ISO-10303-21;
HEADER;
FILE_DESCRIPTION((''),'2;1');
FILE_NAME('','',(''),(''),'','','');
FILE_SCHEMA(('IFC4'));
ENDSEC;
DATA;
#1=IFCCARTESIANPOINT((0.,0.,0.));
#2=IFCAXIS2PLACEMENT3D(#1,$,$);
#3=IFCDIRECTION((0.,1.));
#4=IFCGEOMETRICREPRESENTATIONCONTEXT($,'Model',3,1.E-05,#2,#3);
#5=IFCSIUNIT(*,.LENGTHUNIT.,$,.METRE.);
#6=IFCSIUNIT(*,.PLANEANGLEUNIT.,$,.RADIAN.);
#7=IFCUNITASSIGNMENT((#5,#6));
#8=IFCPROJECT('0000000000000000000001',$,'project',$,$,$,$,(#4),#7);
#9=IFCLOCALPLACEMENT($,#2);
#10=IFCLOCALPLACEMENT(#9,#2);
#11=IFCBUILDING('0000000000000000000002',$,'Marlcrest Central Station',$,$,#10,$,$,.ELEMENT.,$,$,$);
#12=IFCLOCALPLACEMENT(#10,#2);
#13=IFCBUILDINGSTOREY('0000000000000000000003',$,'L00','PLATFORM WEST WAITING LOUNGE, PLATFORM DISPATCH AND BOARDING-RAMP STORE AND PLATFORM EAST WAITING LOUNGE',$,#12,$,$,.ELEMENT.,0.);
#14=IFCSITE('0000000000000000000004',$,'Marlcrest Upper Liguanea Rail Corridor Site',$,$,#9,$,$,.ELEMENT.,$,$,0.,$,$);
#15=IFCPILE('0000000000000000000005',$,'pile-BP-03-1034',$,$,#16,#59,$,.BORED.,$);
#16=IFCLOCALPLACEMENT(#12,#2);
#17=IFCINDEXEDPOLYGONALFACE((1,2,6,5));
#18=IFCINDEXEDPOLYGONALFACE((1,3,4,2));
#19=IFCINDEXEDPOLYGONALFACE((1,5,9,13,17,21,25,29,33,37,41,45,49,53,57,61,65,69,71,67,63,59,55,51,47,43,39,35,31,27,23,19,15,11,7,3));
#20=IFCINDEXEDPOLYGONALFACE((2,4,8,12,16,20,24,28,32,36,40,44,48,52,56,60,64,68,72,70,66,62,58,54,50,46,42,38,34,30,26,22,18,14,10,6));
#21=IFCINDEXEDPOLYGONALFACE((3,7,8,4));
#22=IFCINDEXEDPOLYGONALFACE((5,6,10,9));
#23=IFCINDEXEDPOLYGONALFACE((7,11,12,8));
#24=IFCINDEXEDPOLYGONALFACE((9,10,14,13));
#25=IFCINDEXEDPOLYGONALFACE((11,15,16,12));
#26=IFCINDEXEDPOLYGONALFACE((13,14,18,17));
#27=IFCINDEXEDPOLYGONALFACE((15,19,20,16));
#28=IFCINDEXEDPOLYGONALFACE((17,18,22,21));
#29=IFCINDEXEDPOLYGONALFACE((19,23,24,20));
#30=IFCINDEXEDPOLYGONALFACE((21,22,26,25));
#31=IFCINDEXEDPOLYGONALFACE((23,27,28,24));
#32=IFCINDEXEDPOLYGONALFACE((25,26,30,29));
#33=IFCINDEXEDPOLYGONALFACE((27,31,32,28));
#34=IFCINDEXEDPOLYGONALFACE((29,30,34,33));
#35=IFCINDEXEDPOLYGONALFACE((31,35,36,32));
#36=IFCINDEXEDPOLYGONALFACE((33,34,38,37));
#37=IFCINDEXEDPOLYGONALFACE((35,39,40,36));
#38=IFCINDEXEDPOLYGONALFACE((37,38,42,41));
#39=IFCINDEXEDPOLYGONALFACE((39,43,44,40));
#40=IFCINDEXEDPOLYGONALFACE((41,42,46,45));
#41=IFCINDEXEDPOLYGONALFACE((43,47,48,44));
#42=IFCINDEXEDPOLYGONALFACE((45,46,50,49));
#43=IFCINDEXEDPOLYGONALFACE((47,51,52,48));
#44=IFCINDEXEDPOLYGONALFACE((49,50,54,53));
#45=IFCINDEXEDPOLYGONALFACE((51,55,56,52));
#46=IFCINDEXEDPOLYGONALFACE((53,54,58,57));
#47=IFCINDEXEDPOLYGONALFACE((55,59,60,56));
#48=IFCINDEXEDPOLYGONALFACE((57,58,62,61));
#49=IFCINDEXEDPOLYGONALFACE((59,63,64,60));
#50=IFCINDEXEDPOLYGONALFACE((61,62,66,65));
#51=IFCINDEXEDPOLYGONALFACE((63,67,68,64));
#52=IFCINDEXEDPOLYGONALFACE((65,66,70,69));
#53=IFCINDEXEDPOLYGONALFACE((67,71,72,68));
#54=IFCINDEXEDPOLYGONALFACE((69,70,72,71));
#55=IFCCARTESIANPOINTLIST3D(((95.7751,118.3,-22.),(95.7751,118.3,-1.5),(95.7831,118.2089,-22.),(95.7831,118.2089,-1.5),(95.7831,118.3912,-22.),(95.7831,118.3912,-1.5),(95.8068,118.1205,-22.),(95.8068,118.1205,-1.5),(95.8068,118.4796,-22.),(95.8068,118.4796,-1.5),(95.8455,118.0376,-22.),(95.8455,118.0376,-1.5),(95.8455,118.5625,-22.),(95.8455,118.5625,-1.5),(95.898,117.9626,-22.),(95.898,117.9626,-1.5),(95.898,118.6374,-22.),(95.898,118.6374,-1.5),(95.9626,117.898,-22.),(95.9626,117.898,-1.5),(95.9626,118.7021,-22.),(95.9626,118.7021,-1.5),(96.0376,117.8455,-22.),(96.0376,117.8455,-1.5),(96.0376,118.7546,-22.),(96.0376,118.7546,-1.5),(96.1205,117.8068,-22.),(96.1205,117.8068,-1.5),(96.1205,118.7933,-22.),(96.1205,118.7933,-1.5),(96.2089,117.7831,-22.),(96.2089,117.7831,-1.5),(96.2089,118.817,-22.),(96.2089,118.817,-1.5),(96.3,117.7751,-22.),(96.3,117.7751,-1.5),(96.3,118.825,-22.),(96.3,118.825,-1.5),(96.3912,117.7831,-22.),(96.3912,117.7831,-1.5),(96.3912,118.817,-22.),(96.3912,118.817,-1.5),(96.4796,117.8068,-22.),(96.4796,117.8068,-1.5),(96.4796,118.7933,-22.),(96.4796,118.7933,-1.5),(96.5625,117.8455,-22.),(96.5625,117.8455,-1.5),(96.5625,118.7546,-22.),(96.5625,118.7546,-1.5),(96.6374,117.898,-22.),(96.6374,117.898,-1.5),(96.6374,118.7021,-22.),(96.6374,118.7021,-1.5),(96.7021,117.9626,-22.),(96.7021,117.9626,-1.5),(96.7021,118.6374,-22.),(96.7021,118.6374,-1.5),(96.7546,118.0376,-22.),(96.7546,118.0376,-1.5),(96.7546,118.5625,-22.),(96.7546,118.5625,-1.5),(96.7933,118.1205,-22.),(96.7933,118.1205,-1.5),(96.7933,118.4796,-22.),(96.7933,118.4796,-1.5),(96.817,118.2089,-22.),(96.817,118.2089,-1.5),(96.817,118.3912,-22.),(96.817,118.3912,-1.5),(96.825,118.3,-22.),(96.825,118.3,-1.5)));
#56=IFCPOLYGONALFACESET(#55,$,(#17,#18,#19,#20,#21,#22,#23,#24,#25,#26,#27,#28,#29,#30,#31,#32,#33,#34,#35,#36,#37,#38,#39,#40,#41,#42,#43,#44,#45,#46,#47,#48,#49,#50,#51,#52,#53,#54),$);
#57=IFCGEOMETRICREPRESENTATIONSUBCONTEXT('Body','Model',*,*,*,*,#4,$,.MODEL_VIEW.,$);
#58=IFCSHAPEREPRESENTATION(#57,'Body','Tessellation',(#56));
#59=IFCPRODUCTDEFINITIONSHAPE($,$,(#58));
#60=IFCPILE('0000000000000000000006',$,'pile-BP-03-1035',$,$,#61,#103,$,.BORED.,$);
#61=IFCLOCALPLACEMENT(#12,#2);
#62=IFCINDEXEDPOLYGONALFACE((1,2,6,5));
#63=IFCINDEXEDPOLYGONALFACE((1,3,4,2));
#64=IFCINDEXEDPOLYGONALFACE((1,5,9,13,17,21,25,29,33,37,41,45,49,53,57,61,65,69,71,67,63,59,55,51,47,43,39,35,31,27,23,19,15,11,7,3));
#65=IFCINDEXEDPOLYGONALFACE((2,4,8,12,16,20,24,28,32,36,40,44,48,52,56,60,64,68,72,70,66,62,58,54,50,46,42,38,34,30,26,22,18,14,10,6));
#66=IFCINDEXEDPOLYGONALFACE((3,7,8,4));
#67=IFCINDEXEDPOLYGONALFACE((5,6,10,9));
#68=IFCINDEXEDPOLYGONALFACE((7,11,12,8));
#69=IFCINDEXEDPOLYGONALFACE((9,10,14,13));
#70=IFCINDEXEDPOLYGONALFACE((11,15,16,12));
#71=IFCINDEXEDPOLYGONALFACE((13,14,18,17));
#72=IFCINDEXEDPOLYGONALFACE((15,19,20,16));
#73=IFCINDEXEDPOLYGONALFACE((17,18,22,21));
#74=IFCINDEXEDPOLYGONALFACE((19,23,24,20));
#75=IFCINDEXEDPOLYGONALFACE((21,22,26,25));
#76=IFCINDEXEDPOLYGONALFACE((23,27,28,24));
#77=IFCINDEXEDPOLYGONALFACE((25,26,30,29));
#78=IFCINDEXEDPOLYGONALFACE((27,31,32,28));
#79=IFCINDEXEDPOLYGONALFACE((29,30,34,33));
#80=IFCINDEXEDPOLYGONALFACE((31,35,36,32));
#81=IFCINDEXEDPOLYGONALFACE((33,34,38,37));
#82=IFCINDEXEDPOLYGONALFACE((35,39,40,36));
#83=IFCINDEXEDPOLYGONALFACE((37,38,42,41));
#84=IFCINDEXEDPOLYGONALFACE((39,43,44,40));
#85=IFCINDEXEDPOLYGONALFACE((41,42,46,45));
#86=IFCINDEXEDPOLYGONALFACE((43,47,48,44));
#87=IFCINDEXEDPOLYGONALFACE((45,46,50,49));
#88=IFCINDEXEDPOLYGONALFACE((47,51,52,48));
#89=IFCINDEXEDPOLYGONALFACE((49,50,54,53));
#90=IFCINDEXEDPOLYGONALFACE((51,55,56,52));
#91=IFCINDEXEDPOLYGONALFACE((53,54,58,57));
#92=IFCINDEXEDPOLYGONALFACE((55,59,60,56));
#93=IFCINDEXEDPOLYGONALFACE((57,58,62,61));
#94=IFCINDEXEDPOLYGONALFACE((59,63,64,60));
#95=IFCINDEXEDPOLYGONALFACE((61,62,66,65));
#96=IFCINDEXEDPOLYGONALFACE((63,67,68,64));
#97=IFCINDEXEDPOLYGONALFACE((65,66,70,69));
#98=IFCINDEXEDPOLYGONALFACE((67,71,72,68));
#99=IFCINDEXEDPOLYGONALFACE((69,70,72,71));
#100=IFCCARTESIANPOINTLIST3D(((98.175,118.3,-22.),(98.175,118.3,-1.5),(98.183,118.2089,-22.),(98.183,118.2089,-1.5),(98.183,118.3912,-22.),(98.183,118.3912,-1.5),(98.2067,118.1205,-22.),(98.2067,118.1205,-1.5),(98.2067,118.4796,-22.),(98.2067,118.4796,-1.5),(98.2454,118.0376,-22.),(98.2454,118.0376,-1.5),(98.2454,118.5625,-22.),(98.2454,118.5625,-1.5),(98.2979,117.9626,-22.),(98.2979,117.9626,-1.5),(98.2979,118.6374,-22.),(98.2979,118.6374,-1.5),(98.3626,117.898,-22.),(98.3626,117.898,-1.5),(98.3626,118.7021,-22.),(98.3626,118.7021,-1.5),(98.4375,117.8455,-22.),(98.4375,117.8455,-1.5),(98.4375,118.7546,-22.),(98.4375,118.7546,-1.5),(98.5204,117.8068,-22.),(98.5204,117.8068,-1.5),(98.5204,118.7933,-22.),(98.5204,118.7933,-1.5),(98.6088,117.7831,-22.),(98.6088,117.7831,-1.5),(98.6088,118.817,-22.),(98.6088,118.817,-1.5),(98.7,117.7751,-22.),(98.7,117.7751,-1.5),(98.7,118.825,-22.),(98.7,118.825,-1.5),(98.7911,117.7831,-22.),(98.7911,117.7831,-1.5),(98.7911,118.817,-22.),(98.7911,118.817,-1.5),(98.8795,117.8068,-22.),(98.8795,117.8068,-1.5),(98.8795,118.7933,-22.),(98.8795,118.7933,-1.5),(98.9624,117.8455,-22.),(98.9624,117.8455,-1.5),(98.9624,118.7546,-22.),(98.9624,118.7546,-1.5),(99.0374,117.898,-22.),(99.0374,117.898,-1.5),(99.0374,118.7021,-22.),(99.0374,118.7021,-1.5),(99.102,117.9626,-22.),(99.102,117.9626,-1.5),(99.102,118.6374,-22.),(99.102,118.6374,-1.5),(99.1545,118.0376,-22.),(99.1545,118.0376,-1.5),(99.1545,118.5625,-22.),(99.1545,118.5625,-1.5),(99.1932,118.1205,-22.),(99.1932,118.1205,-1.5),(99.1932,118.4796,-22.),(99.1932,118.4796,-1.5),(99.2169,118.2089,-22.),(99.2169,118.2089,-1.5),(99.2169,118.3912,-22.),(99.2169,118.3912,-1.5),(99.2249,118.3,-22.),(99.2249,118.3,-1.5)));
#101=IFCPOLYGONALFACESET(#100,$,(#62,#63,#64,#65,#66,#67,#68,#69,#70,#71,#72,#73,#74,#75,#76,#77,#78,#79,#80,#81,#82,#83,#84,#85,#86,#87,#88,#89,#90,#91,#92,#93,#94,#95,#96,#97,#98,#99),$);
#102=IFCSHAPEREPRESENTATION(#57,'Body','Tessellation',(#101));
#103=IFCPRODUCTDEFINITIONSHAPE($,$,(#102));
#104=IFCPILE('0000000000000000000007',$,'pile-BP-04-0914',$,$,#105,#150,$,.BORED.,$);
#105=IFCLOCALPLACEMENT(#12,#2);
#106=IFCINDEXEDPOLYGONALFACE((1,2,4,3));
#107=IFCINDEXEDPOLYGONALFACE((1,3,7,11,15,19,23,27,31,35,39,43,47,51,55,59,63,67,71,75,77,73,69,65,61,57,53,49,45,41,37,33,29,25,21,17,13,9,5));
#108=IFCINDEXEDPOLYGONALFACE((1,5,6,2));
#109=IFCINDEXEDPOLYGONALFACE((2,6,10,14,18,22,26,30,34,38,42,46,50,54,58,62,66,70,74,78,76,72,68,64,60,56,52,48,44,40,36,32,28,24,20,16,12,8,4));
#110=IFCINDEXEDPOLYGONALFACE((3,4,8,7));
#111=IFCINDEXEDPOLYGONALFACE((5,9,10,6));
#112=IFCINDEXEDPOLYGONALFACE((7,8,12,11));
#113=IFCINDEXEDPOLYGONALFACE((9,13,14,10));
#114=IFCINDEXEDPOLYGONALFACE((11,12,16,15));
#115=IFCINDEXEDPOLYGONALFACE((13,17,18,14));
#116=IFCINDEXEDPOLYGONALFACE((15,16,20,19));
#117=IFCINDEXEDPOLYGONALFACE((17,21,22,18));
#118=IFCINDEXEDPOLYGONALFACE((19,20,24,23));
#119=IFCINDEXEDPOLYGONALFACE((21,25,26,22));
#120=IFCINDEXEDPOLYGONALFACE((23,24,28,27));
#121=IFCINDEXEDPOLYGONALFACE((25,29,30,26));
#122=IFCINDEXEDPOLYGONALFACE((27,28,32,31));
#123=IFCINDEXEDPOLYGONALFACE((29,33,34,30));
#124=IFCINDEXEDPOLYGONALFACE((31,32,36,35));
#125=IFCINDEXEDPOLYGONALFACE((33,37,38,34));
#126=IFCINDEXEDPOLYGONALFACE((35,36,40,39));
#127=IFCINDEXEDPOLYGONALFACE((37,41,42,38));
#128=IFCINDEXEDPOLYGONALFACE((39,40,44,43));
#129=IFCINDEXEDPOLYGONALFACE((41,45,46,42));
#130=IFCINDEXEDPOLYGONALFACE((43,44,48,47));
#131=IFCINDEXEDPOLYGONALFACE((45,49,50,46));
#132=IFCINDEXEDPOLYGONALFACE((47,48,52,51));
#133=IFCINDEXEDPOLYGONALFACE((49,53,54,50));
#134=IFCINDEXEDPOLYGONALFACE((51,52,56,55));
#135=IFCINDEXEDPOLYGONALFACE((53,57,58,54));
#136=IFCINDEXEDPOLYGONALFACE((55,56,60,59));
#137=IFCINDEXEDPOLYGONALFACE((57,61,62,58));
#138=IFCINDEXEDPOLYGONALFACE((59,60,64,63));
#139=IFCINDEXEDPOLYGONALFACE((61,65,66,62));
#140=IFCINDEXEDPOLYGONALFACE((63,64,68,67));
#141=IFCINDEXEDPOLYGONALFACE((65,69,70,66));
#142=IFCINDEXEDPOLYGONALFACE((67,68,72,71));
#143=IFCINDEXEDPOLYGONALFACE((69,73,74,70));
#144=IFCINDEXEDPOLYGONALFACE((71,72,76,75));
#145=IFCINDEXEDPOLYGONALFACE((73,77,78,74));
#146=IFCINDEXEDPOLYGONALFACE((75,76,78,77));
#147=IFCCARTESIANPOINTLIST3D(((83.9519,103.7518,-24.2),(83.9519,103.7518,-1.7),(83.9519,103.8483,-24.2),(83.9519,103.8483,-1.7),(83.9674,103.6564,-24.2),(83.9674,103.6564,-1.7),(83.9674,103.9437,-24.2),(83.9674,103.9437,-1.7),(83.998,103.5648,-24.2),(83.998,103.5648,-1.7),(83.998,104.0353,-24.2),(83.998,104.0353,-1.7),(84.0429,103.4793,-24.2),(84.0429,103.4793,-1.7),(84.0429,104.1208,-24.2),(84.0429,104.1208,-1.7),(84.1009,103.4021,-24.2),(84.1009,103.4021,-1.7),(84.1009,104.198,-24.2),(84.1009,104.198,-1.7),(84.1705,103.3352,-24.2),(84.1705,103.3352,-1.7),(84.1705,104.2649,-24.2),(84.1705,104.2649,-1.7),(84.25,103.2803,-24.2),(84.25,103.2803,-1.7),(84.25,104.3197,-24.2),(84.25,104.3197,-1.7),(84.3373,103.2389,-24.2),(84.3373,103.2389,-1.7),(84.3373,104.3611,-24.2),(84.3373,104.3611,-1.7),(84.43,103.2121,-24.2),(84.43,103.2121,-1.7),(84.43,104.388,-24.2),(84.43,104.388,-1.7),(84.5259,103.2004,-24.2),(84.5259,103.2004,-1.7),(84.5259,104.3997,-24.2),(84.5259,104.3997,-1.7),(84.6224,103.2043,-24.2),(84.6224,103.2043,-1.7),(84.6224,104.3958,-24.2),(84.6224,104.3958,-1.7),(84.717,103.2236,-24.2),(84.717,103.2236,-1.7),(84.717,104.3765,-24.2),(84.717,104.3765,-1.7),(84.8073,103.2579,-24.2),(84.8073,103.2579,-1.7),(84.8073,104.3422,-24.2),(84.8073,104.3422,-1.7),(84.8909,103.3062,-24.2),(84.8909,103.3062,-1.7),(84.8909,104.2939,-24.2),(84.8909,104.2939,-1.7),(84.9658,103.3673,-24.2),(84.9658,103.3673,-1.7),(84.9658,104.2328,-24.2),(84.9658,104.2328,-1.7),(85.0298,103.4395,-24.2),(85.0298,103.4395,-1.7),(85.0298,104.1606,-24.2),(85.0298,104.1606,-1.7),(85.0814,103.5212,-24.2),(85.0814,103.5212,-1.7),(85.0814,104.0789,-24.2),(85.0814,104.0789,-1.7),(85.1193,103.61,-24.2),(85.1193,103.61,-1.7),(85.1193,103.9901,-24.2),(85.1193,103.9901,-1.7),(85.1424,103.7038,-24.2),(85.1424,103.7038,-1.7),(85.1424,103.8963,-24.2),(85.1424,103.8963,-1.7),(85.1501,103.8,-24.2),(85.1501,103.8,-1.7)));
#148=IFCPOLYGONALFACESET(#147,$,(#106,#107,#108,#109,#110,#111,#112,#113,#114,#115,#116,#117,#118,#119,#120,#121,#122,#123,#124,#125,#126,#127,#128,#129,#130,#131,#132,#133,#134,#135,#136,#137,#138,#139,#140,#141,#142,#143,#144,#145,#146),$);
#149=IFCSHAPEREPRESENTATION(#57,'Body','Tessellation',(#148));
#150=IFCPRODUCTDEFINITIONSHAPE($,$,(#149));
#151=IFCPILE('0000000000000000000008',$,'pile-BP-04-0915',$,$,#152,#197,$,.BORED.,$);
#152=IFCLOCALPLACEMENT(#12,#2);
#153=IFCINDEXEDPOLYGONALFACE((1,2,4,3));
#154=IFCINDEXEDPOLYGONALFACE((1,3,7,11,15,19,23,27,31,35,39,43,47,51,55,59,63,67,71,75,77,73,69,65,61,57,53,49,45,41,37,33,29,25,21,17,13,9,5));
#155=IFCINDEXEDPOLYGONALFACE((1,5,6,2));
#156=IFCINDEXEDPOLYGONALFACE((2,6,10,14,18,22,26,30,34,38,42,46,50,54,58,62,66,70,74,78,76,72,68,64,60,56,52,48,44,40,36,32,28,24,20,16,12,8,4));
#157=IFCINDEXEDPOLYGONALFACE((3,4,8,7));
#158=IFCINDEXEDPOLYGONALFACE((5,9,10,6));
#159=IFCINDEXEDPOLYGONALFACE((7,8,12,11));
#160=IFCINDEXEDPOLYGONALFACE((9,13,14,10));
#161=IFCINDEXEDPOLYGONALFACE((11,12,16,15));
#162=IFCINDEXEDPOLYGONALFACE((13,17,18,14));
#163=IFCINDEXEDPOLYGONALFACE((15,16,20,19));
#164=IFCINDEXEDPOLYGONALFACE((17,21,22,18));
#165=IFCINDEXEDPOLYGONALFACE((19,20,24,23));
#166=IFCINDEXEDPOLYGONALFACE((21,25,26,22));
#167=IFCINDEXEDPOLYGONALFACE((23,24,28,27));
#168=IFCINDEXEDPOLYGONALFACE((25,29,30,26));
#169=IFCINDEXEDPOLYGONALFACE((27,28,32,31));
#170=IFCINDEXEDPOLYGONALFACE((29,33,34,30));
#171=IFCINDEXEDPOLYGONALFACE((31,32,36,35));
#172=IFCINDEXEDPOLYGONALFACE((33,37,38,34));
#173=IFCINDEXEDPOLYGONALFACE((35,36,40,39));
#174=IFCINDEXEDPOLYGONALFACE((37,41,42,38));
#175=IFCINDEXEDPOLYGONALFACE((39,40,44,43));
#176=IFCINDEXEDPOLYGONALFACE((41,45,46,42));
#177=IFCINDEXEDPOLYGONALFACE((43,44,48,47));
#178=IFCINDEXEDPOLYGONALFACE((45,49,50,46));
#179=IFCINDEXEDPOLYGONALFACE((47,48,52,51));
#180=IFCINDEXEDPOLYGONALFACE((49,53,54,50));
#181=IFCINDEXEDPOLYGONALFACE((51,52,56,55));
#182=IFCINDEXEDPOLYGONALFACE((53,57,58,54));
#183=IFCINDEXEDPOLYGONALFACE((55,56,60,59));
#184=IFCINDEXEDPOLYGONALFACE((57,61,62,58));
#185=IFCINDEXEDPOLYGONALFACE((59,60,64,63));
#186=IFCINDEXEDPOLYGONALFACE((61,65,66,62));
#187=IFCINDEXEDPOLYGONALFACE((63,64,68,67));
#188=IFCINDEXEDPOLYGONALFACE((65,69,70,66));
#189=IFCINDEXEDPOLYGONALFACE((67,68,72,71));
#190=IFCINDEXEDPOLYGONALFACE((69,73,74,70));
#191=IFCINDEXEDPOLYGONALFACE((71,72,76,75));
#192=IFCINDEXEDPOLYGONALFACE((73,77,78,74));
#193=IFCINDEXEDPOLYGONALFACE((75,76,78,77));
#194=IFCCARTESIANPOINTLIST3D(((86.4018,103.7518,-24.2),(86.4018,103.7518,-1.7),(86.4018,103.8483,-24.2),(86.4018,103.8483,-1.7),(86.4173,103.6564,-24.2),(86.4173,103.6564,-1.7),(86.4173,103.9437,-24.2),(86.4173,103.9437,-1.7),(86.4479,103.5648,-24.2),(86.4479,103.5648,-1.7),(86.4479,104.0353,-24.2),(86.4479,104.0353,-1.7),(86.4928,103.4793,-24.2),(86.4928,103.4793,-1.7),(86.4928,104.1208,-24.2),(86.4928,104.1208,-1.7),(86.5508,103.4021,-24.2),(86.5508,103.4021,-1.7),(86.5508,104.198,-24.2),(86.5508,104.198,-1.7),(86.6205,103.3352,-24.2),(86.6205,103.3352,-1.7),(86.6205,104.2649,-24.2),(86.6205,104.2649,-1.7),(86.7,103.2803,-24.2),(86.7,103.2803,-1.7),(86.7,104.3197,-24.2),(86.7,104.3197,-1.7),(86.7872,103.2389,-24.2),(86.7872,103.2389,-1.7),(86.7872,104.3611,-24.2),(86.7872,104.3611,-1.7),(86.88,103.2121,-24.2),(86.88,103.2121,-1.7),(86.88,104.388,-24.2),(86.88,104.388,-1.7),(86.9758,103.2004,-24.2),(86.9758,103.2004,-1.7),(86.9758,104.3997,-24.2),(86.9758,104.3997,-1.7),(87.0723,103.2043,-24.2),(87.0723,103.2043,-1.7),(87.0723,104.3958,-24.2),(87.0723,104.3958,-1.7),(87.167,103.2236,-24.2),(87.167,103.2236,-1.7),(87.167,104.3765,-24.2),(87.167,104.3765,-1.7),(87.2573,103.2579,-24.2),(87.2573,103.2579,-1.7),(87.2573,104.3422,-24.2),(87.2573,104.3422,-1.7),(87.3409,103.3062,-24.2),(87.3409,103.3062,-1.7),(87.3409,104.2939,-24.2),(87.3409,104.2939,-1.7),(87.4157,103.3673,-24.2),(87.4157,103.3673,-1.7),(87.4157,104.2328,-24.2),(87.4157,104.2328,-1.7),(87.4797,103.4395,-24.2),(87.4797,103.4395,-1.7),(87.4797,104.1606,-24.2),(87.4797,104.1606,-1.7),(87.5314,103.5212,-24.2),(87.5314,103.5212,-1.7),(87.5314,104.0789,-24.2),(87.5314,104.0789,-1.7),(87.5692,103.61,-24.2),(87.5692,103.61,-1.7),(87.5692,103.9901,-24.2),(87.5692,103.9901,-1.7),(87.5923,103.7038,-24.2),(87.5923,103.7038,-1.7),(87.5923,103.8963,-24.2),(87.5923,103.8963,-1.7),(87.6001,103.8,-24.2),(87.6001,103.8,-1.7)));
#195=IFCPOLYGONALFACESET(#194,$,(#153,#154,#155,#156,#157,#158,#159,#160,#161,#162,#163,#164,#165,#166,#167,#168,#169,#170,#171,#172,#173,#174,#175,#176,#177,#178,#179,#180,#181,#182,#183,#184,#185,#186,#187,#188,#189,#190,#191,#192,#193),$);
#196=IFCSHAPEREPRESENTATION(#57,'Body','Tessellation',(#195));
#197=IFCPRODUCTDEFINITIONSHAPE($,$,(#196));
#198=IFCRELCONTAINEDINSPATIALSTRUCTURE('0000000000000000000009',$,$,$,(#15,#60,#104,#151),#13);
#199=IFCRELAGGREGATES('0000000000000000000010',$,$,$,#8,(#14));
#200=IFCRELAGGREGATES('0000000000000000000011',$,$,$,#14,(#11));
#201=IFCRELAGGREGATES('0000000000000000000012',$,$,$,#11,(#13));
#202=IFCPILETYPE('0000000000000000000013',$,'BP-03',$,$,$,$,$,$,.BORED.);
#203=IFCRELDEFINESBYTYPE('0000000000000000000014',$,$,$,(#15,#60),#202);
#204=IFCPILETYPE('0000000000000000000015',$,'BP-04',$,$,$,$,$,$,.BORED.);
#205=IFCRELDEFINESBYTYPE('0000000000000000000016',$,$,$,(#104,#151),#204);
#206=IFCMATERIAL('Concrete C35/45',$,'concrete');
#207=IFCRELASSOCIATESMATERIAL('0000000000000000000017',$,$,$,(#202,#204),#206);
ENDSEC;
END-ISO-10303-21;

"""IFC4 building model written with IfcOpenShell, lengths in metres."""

from ifc_helpers import new_model, si_unit, direction, frame, origin, origin_2d, place, context, subcontext, project, spatial, circle, extrude, material, material_profile, profile_set, type_object, element, save


model = new_model("IFC4")

# Units and contexts
model_context = context("Model", 3, precision=1e-05, world=origin(), true_north=direction((0.0, 1.0)))
body_context = subcontext(model_context, "Body", "Model", "MODEL_VIEW")
ifc_project = project(units=[si_unit("LENGTHUNIT", "METRE"), si_unit("PLANEANGLEUNIT", "RADIAN")], contexts=[model_context])

# Site, building, storey
site_placement = place(None, origin())
site = spatial("IfcSite", under=ifc_project, at=site_placement, Name="Marlcrest Upper Liguanea Rail Corridor Site", CompositionType="ELEMENT", RefElevation=0.0)
building_placement = place(site_placement, origin())
building = spatial("IfcBuilding", under=site, at=building_placement, Name="Marlcrest Central Station", CompositionType="ELEMENT")
storey_placement = place(building_placement, origin())
storey = spatial("IfcBuildingStorey", under=building, at=storey_placement, Name="L00", Description="PLATFORM WEST WAITING LOUNGE, PLATFORM DISPATCH AND BOARDING-RAMP STORE AND PLATFORM EAST WAITING LOUNGE", CompositionType="ELEMENT", Elevation=0.0)

# Piles
ifc_material_1 = material(Name="Concrete C35/45", Category="concrete")
ifc_material_profile_1 = material_profile(ifc_material_1, circle(Radius=0.5249, at=origin_2d()), Name="PILE D1050")
ifc_profile_set_1 = profile_set([ifc_material_profile_1], Name="Concrete C35/45")
pile_type_1 = type_object("IfcPileType", Name="BP-03", PredefinedType="BORED", material=ifc_profile_set_1)
for number, where, z_axis, x_axis, name in (
    (1, (96.3, 118.3, -1.5), (0.0, 0.0, -1.0), (1.0, 0.0, 0.0), "pile-BP-03-1034"),
    (2, (98.7, 118.3, -1.5), (0.0, 0.0, -1.0), (1.0, 0.0, 0.0), "pile-BP-03-1035"),
):
    element("IfcPile", number, at=place(storey_placement, frame(where, z_axis=z_axis, x_axis=x_axis)), inside=storey, type_object=pile_type_1, Name=name, PredefinedType="BORED", context=body_context, shape_type="SweptSolid", body=[
        extrude(circle(Radius=0.5249, at=origin_2d()), origin(), (0.0, 0.0, 1.0), 20.5),
    ])
ifc_material_profile_2 = material_profile(ifc_material_1, circle(Radius=0.6001, at=origin_2d()), Name="PILE D1200")
ifc_profile_set_2 = profile_set([ifc_material_profile_2], Name="Concrete C35/45")
pile_type_2 = type_object("IfcPileType", Name="BP-04", PredefinedType="BORED", material=ifc_profile_set_2)
for number, where, z_axis, x_axis, name in (
    (3, (84.55, 103.8, -1.7), (0.0, 0.0, -1.0), (1.0, 0.0, 0.0), "pile-BP-04-0914"),
    (4, (87.0, 103.8, -1.7), (0.0, 0.0, -1.0), (1.0, 0.0, 0.0), "pile-BP-04-0915"),
):
    element("IfcPile", number, at=place(storey_placement, frame(where, z_axis=z_axis, x_axis=x_axis)), inside=storey, type_object=pile_type_2, Name=name, PredefinedType="BORED", context=body_context, shape_type="SweptSolid", body=[
        extrude(circle(Radius=0.6001, at=origin_2d()), origin(), (0.0, 0.0, 1.0), 22.5),
    ])

save(model, "model.ifc")
